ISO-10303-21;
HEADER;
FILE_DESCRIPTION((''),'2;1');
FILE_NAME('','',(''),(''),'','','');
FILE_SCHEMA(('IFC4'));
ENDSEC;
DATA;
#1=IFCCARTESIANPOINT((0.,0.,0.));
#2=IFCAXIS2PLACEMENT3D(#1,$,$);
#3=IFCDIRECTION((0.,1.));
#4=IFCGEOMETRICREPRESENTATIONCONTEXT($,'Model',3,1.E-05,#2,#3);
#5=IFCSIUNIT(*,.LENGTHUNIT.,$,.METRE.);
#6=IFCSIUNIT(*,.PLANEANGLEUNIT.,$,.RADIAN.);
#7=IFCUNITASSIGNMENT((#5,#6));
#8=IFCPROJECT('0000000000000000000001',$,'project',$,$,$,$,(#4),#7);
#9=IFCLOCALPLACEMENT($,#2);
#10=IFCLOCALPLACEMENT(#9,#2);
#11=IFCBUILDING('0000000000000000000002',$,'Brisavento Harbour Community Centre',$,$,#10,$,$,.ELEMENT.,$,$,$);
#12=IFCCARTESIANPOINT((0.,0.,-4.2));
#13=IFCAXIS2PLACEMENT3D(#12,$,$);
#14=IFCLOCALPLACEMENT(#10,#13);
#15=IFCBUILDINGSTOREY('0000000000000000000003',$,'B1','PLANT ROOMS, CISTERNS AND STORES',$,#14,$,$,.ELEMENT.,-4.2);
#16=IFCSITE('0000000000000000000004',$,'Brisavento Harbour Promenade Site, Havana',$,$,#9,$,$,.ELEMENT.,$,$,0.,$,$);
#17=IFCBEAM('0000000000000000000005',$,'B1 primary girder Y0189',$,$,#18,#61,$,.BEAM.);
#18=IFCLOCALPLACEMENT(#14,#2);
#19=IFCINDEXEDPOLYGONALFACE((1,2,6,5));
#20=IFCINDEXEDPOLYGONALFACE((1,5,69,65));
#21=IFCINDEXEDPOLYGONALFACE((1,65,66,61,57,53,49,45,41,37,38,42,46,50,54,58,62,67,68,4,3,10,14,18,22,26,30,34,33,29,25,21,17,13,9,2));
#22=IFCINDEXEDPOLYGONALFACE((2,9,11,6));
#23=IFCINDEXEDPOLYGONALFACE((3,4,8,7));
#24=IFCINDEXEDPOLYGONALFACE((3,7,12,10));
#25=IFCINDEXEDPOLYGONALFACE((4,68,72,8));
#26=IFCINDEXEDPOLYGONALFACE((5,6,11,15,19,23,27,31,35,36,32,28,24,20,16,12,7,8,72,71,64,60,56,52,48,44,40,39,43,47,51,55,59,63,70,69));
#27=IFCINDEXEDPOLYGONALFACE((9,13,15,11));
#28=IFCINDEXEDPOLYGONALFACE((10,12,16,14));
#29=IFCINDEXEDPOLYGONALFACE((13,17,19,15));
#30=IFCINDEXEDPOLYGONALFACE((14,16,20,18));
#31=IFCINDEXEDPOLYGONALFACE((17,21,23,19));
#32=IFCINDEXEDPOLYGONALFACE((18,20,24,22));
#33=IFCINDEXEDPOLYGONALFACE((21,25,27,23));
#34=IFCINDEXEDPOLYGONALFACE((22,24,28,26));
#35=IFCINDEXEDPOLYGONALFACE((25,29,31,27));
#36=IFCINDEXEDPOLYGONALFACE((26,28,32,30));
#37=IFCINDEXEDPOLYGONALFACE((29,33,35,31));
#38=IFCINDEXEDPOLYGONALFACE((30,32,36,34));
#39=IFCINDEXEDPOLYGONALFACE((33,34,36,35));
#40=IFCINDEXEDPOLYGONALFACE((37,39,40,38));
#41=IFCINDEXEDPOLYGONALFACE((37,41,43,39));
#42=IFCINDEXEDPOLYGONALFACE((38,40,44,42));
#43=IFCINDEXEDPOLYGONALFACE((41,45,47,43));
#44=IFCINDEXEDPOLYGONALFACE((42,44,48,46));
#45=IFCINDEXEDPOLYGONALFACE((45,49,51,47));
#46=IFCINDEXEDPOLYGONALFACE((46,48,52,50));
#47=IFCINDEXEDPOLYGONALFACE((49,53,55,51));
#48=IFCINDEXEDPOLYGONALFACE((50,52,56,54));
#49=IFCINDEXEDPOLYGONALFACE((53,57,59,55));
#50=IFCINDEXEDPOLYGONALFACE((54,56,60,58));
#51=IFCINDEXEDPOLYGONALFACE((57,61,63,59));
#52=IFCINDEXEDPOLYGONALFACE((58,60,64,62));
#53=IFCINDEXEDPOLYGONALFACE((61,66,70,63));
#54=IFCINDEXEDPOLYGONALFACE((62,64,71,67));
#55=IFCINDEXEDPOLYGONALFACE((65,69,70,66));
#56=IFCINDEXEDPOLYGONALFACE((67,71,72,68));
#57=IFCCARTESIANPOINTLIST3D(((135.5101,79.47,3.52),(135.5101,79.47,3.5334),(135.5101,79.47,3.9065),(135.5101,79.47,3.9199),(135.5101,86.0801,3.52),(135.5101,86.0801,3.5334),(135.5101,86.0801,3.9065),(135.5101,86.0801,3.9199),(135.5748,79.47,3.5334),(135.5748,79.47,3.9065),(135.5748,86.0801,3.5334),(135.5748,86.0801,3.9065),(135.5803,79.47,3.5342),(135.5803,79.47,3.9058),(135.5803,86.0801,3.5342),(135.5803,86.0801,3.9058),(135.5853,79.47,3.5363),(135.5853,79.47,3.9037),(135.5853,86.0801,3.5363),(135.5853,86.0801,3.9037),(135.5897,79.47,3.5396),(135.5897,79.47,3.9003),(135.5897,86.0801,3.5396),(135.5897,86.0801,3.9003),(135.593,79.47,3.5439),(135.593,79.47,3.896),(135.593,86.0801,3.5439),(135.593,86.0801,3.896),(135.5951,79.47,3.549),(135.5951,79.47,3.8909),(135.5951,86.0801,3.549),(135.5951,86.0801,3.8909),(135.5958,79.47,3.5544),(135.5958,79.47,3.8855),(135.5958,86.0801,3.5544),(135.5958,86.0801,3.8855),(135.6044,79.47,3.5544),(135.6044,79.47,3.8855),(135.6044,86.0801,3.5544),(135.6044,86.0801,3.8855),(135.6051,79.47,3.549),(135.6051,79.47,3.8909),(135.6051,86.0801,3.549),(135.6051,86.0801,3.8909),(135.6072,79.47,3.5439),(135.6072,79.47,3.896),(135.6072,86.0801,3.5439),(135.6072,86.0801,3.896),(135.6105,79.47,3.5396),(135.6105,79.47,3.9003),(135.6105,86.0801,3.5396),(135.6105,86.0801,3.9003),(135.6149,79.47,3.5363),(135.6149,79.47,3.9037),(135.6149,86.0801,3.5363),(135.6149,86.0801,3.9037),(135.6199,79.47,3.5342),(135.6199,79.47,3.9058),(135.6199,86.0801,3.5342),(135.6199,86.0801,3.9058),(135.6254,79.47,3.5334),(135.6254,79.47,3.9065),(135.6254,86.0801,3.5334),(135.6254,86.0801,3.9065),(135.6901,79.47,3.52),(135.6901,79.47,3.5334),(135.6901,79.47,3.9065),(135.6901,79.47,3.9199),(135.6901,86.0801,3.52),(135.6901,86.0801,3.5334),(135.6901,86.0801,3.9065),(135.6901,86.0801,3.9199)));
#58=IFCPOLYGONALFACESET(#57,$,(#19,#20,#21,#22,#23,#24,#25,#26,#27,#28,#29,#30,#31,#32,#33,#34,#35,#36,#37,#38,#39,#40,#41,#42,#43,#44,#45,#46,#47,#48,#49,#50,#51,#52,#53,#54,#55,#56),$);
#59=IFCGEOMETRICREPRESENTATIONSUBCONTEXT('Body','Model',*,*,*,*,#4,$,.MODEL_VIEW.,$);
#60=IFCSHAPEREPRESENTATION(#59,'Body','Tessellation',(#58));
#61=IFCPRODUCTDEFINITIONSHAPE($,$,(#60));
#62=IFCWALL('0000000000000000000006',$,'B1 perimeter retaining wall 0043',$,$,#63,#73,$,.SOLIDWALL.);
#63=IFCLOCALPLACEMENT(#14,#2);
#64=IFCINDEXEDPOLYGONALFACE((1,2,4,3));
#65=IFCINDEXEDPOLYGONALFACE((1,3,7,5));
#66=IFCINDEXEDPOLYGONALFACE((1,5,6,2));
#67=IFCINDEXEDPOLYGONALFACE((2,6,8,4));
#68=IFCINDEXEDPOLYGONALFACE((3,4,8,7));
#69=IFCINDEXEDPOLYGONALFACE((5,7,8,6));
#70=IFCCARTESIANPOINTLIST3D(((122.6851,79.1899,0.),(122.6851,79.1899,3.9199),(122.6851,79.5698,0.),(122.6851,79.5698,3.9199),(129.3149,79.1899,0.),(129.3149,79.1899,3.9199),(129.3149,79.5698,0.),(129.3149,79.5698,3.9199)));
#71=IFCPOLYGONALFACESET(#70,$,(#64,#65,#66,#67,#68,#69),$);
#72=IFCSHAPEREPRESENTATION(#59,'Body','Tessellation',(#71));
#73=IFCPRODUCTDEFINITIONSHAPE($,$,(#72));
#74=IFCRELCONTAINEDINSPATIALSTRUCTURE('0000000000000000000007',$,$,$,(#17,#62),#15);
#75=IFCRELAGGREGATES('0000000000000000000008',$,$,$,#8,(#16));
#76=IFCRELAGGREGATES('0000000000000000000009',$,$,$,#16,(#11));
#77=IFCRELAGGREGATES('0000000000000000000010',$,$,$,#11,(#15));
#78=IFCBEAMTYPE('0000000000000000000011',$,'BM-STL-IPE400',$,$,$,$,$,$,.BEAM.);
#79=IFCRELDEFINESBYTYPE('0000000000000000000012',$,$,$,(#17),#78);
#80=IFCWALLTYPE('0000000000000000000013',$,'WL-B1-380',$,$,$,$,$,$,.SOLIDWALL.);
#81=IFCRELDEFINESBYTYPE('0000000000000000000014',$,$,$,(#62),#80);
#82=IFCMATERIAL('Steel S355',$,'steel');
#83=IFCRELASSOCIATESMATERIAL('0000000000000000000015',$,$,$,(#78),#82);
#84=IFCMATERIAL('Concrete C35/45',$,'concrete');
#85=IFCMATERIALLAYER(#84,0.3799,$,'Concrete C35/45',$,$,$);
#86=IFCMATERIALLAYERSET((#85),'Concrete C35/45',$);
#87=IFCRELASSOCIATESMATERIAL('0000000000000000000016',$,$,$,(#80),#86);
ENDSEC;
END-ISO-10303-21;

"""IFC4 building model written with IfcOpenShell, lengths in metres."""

from ifc_helpers import new_model, si_unit, direction, frame, frame_2d, origin, origin_2d, place, context, subcontext, project, spatial, rectangle, i_section, extrude, material, layer, layer_set, material_profile, profile_set, type_object, element, save


model = new_model("IFC4")

# Units and contexts
model_context = context("Model", 3, precision=1e-05, world=origin(), true_north=direction((0.0, 1.0)))
body_context = subcontext(model_context, "Body", "Model", "MODEL_VIEW")
ifc_project = project(units=[si_unit("LENGTHUNIT", "METRE"), si_unit("PLANEANGLEUNIT", "RADIAN")], contexts=[model_context])

# Site, building, storey
site_placement = place(None, origin())
site = spatial("IfcSite", under=ifc_project, at=site_placement, Name="Brisavento Harbour Promenade Site, Havana", CompositionType="ELEMENT", RefElevation=0.0)
building_placement = place(site_placement, origin())
building = spatial("IfcBuilding", under=site, at=building_placement, Name="Brisavento Harbour Community Centre", CompositionType="ELEMENT")
storey_placement = place(building_placement, frame((0.0, 0.0, -4.2)))
storey = spatial("IfcBuildingStorey", under=building, at=storey_placement, Name="B1", Description="PLANT ROOMS, CISTERNS AND STORES", CompositionType="ELEMENT", Elevation=-4.2)

# Shared definitions
ifc_material_1 = material(Name="Concrete C35/45", Category="concrete")

# Beam
ifc_material_2 = material(Name="Steel S355", Category="steel")
ifc_material_profile_1 = material_profile(ifc_material_2, i_section(OverallWidth=0.1799, OverallDepth=0.3999, WebThickness=0.0085, FlangeThickness=0.0134, FilletRadius=0.021, at=origin_2d()), Name="Steel S355")
ifc_profile_set_1 = profile_set([ifc_material_profile_1], Name="Steel S355")
beam_type_1 = type_object("IfcBeamType", Name="BM-STL-IPE400", PredefinedType="BEAM", material=ifc_profile_set_1)
for number, where, z_axis, x_axis, name in (
    (1, (135.6001, 79.47, 3.72), (0.0, 1.0, 0.0), (-1.0, 0.0, 0.0), "B1 primary girder Y0189"),
):
    element("IfcBeam", number, at=place(storey_placement, frame(where, z_axis=z_axis, x_axis=x_axis)), inside=storey, type_object=beam_type_1, Name=name, PredefinedType="BEAM", context=body_context, shape_type="SweptSolid", body=[
        extrude(i_section(OverallWidth=0.1799, OverallDepth=0.3999, WebThickness=0.0085, FlangeThickness=0.0134, FilletRadius=0.021, at=origin_2d()), origin(), (0.0, 0.0, 1.0), 6.6101),
    ])

# Wall
ifc_layer = layer(ifc_material_1, 0.3799, Name="Concrete C35/45")
ifc_layer_set = layer_set([ifc_layer], Name="Concrete C35/45")
wall_type = type_object("IfcWallType", Name="WL-B1-380", PredefinedType="SOLIDWALL", material=ifc_layer_set)
wall_1_placement = place(storey_placement, frame((129.3149, 79.3799, 0.0), z_axis=(0.0, 0.0, 1.0), x_axis=(-1.0, 0.0, 0.0)))
element("IfcWall", 2, at=wall_1_placement, inside=storey, type_object=wall_type, Name="B1 perimeter retaining wall 0043", PredefinedType="SOLIDWALL", context=body_context, shape_type="SweptSolid", body=[
    extrude(rectangle(XDim=6.6299, YDim=0.3799, at=frame_2d((3.3149, 0.0))), origin(), (0.0, 0.0, 1.0), 3.9199),
])

save(model, "model.ifc")
